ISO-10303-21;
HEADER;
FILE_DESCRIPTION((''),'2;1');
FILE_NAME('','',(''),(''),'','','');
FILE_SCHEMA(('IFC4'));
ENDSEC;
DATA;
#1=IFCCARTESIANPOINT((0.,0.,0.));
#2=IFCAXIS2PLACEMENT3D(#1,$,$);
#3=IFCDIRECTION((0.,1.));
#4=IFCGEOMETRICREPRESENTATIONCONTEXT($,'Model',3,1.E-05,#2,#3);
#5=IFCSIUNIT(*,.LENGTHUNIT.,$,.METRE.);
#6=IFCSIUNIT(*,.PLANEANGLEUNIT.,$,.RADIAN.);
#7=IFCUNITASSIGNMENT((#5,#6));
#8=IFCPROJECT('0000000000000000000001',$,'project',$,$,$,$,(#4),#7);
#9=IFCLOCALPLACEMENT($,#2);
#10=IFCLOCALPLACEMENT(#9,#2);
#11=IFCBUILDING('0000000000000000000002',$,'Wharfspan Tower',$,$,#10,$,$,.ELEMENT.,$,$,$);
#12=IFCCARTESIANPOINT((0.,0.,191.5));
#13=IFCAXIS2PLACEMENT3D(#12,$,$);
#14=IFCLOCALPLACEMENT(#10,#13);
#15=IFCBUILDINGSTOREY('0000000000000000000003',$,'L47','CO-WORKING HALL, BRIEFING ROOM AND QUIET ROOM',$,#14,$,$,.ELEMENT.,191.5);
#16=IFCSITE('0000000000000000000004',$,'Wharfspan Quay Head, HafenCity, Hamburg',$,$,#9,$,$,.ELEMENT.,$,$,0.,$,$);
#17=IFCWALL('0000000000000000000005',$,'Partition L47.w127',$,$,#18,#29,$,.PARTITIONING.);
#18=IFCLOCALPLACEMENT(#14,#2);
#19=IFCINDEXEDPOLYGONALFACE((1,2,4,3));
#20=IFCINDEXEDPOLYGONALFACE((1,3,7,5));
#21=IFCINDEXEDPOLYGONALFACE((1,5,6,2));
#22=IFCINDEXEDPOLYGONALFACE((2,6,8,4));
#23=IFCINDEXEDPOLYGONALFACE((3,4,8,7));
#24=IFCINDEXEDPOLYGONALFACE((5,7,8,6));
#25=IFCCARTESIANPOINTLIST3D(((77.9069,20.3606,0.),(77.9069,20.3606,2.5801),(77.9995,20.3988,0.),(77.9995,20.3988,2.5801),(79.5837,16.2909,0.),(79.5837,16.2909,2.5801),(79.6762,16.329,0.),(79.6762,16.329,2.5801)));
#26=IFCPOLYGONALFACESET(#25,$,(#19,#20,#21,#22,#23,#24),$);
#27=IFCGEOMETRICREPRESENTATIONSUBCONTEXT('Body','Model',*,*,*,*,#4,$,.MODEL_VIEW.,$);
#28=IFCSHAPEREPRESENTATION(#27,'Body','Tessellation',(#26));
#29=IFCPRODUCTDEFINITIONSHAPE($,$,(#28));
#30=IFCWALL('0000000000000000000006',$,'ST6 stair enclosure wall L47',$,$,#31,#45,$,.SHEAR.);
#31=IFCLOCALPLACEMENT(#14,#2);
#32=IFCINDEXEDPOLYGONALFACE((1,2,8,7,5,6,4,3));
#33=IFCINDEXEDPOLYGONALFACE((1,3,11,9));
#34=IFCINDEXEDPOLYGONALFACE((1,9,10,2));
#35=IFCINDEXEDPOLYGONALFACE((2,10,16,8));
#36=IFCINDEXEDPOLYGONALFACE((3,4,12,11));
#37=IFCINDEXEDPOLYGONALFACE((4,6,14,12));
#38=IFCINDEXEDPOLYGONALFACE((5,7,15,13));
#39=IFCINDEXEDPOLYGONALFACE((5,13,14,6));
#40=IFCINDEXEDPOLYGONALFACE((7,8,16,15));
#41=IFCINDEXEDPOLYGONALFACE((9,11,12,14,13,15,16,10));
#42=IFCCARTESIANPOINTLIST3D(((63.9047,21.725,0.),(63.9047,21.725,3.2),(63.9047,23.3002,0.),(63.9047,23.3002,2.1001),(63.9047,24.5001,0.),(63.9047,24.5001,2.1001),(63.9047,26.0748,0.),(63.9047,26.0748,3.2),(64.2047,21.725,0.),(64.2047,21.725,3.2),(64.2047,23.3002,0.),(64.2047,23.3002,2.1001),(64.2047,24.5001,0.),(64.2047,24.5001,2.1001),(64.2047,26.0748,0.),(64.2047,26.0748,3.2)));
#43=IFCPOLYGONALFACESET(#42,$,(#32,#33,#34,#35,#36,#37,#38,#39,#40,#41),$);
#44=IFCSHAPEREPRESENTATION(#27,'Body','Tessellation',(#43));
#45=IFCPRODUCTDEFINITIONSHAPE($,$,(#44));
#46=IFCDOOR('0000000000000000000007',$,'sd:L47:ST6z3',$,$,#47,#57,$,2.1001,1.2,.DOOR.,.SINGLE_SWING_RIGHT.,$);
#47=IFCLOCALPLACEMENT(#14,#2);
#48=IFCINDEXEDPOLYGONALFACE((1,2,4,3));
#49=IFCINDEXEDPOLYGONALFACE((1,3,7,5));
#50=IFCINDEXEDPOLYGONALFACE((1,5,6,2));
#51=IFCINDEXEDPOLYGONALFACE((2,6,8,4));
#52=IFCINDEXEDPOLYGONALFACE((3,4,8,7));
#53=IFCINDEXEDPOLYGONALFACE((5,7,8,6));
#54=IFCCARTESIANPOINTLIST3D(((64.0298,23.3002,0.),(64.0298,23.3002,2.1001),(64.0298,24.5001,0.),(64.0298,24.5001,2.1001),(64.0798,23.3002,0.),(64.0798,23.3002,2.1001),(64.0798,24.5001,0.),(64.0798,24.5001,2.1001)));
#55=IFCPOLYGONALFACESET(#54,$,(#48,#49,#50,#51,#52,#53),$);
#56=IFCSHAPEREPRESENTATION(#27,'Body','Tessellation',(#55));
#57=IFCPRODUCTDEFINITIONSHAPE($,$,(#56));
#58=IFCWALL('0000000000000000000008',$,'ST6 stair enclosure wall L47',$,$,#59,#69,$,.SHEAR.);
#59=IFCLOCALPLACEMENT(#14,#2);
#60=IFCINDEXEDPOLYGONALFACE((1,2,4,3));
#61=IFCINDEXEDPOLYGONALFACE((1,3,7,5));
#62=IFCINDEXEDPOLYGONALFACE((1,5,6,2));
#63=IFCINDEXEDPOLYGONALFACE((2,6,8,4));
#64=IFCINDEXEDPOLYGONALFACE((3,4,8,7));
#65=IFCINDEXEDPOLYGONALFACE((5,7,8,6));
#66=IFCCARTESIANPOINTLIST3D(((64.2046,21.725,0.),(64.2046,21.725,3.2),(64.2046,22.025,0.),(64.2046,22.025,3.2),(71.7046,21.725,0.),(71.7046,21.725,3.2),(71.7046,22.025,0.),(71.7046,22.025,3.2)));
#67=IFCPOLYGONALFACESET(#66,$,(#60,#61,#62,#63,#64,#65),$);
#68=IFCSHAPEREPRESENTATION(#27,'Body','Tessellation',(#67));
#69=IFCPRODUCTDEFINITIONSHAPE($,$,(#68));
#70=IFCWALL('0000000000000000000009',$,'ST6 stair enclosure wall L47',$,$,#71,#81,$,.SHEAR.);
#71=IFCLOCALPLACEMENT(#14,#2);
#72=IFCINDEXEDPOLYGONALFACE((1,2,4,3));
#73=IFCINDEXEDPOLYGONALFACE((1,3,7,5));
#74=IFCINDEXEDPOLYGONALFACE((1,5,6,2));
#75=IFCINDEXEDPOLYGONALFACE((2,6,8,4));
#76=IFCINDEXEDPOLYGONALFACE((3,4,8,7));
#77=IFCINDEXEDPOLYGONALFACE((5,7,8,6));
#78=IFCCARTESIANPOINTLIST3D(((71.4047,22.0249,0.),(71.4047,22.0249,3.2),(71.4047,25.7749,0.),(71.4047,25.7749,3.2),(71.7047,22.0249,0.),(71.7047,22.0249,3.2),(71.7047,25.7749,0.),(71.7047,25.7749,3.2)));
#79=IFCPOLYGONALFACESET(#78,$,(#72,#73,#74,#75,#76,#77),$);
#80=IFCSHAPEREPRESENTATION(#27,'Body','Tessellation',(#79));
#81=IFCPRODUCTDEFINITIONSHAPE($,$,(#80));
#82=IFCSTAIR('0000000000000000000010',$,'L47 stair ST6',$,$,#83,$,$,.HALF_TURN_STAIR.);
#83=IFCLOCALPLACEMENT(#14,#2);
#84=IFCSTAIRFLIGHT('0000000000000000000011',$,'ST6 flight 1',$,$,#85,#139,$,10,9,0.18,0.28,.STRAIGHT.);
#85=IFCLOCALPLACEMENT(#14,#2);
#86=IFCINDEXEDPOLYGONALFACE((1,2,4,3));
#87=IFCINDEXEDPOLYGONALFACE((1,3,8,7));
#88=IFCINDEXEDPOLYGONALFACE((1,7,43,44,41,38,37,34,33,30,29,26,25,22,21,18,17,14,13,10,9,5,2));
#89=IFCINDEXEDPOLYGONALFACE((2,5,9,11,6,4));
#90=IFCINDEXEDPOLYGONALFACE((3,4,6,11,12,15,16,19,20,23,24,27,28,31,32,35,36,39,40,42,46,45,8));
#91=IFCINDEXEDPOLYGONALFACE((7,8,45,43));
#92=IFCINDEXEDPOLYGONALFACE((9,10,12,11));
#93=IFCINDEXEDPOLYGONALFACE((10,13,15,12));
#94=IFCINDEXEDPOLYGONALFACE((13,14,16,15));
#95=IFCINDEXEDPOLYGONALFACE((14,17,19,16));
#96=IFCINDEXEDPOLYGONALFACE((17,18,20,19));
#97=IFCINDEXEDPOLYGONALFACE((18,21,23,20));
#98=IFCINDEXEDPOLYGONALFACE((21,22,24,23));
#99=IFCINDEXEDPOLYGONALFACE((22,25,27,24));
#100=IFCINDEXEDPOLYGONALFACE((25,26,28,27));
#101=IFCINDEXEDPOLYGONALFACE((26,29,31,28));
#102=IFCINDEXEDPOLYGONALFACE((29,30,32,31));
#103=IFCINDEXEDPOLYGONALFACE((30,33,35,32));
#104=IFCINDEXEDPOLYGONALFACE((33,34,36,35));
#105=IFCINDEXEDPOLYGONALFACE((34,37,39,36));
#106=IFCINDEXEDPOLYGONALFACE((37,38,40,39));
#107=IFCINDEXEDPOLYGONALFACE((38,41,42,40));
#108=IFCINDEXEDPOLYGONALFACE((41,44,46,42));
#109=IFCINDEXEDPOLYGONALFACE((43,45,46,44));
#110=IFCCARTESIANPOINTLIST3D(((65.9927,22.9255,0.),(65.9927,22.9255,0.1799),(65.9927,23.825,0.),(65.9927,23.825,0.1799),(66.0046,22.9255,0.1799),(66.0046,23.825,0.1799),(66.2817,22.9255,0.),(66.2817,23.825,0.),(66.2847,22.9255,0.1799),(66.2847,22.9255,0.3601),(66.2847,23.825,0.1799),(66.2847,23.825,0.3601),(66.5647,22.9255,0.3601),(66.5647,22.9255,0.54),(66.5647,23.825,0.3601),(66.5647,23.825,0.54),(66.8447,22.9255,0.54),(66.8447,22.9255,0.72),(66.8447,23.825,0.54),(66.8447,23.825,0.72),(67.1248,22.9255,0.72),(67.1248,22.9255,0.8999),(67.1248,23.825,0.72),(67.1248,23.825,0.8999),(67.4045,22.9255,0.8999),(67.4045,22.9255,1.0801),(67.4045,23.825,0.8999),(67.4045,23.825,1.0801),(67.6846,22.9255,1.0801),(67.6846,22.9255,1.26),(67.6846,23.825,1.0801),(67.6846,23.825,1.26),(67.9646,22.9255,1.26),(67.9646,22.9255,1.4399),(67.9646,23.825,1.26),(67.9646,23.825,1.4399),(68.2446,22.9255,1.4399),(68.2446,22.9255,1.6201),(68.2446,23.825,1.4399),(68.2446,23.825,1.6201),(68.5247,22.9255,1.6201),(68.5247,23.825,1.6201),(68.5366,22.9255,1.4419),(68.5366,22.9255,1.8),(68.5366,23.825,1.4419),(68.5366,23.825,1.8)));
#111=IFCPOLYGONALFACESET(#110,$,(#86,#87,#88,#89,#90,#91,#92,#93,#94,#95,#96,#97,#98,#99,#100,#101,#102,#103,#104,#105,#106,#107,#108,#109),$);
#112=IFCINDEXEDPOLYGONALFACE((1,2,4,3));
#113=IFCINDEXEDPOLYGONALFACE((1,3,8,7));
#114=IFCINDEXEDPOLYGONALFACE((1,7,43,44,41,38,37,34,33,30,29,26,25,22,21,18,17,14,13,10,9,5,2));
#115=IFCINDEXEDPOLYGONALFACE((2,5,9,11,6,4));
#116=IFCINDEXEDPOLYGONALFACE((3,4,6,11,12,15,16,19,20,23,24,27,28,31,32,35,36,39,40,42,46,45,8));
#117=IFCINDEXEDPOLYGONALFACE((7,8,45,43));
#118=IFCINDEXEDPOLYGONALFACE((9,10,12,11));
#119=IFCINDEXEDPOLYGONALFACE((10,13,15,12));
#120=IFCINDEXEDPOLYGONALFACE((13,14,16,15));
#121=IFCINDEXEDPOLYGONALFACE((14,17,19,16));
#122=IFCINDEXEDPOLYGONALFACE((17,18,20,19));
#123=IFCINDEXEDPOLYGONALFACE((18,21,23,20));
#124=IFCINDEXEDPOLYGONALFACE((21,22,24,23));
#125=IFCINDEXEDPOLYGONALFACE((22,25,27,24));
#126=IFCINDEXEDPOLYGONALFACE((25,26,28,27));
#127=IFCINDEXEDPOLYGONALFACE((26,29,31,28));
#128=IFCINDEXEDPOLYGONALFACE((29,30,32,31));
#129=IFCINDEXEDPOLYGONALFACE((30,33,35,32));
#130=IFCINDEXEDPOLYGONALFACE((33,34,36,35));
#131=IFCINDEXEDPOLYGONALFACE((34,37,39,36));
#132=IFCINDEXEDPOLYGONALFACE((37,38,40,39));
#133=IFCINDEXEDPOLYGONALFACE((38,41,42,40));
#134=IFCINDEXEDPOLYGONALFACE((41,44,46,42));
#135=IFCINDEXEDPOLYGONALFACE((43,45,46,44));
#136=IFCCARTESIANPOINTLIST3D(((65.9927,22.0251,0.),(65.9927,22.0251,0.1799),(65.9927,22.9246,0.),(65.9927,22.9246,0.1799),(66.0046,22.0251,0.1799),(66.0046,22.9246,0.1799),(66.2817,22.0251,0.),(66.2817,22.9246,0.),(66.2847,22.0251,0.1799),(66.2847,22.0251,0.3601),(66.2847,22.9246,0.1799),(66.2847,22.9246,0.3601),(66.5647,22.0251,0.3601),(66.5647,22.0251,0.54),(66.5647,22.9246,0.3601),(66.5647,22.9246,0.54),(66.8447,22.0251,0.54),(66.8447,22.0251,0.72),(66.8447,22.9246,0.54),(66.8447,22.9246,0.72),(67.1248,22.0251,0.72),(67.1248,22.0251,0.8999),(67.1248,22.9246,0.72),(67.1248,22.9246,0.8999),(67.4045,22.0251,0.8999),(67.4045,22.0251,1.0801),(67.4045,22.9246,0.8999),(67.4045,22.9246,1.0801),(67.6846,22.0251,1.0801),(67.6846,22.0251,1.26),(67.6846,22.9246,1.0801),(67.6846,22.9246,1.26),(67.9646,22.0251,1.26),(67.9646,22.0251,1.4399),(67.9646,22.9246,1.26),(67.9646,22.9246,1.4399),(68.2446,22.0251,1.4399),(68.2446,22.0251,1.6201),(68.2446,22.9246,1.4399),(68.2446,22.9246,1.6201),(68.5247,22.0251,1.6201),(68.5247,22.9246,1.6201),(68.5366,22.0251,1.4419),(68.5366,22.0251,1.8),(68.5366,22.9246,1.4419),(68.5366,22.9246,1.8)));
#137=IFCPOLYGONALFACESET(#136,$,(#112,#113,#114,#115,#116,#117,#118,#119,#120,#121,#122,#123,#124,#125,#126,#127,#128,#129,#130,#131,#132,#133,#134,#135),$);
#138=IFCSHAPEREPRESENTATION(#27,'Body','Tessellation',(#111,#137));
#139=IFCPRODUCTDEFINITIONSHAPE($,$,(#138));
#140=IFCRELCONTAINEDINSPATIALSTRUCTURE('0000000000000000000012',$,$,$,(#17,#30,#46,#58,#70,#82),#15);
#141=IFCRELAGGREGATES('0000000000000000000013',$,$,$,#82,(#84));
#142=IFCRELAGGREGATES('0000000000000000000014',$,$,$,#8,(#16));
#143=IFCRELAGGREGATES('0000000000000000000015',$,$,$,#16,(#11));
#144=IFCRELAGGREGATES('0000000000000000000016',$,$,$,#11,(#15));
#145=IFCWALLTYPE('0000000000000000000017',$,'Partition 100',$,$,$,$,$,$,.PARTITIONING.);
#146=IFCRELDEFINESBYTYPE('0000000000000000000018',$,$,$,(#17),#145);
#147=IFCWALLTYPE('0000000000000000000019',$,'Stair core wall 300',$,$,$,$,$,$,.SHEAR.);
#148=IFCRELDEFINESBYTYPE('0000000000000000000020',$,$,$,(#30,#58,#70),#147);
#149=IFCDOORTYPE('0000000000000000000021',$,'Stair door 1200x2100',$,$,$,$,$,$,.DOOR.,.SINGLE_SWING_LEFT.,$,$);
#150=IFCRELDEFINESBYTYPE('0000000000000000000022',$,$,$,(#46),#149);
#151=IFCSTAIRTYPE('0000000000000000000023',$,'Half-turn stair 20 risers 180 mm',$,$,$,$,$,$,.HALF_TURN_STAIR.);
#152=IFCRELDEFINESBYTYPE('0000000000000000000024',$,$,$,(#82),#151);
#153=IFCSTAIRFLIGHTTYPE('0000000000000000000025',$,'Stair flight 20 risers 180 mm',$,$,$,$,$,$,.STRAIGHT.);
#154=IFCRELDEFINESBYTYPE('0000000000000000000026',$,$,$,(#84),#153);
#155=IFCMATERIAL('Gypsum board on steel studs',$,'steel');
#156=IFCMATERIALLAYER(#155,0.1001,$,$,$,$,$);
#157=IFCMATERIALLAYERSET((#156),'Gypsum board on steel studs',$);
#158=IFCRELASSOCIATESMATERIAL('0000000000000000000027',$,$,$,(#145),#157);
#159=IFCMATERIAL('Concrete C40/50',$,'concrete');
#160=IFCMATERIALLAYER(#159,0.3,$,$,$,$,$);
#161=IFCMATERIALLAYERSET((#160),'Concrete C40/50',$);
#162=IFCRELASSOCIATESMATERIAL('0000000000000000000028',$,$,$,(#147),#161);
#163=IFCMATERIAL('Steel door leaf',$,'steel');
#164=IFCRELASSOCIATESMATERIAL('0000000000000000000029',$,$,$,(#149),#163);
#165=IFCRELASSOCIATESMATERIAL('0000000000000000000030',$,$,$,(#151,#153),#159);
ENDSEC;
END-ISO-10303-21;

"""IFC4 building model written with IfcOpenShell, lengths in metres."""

from ifc_helpers import new_model, si_unit, direction, frame, frame_2d, origin, place, context, subcontext, project, spatial, polyline, rectangle, outline, extrude, material, layer, layer_set, type_object, element, fill, aggregate, save


model = new_model("IFC4")

# Units and contexts
model_context = context("Model", 3, precision=1e-05, world=origin(), true_north=direction((0.0, 1.0)))
body_context = subcontext(model_context, "Body", "Model", "MODEL_VIEW")
ifc_project = project(units=[si_unit("LENGTHUNIT", "METRE"), si_unit("PLANEANGLEUNIT", "RADIAN")], contexts=[model_context])

# Site, building, storey
site_placement = place(None, origin())
site = spatial("IfcSite", under=ifc_project, at=site_placement, Name="Wharfspan Quay Head, HafenCity, Hamburg", CompositionType="ELEMENT", RefElevation=0.0)
building_placement = place(site_placement, origin())
building = spatial("IfcBuilding", under=site, at=building_placement, Name="Wharfspan Tower", CompositionType="ELEMENT")
storey_placement = place(building_placement, frame((0.0, 0.0, 191.5)))
storey = spatial("IfcBuildingStorey", under=building, at=storey_placement, Name="L47", Description="CO-WORKING HALL, BRIEFING ROOM AND QUIET ROOM", CompositionType="ELEMENT", Elevation=191.5)

# Wall
ifc_material_1 = material(Name="Gypsum board on steel studs", Category="steel")
ifc_layer_1 = layer(ifc_material_1, 0.1001)
ifc_layer_set_1 = layer_set([ifc_layer_1], Name="Gypsum board on steel studs")
wall_type_1 = type_object("IfcWallType", Name="Partition 100", PredefinedType="PARTITIONING", material=ifc_layer_set_1)
wall_1_placement = place(storey_placement, frame((79.6299, 16.3101, 0.0), z_axis=(0.0, 0.0, 1.0), x_axis=(-0.380933, 0.9246, 0.0)))
element("IfcWall", 1, at=wall_1_placement, inside=storey, type_object=wall_type_1, Name="Partition L47.w127", PredefinedType="PARTITIONING", context=body_context, shape_type="SweptSolid", body=[
    extrude(rectangle(XDim=4.4016, YDim=0.1001, at=frame_2d((2.2007, 0.0))), origin(), (0.0, 0.0, 1.0), 2.5801),
])

# Wall, opening, door
ifc_material_2 = material(Name="Concrete C40/50", Category="concrete")
ifc_layer_2 = layer(ifc_material_2, 0.3)
ifc_layer_set_2 = layer_set([ifc_layer_2], Name="Concrete C40/50")
wall_type_2 = type_object("IfcWallType", Name="Stair core wall 300", PredefinedType="SHEAR", material=ifc_layer_set_2)
wall_2_placement = place(storey_placement, frame((64.0547, 21.7251, 0.0), z_axis=(0.0, 0.0, 1.0), x_axis=(0.0, 1.0, 0.0)))
wall_2 = element("IfcWall", 2, at=wall_2_placement, inside=storey, type_object=wall_type_2, Name="ST6 stair enclosure wall L47", PredefinedType="SHEAR", context=body_context, shape_type="SweptSolid", body=[
    extrude(rectangle(XDim=4.3499, YDim=0.3, at=frame_2d((2.1748, 0.0))), origin(), (0.0, 0.0, 1.0), 3.2),
])
opening_placement = place(wall_2_placement, frame((1.575, 0.0, 0.0)))
opening = element("IfcOpeningElement", 3, at=opening_placement, cuts=wall_2, PredefinedType="OPENING", context=body_context, shape_type="SweptSolid", body=[
    extrude(rectangle(XDim=1.2, YDim=2.1001, at=frame_2d((0.6001, 1.05))), frame((0.0, 0.1599, 0.0), z_axis=(0.0, -1.0, 0.0), x_axis=(1.0, 0.0, 0.0)), (0.0, 0.0, 1.0), 0.3201),
])
ifc_material_3 = material(Name="Steel door leaf", Category="steel")
door_type = type_object("IfcDoorType", Name="Stair door 1200x2100", OperationType="SINGLE_SWING_LEFT", PredefinedType="DOOR", material=ifc_material_3)
door_placement = place(opening_placement, origin())
door = element("IfcDoor", 4, at=door_placement, inside=storey, type_object=door_type, Name="sd:L47:ST6z3", OperationType="SINGLE_SWING_RIGHT", OverallHeight=2.1001, OverallWidth=1.2, PredefinedType="DOOR", context=body_context, shape_type="SweptSolid", body=[
    extrude(rectangle(XDim=1.2, YDim=2.1001, at=frame_2d((0.6001, 1.05))), frame((0.0, 0.0249, 0.0), z_axis=(0.0, -1.0, 0.0), x_axis=(1.0, 0.0, 0.0)), (0.0, 0.0, 1.0), 0.05),
])
fill(opening, door)

# Walls
wall_3_placement = place(storey_placement, frame((64.2046, 21.875, 0.0), z_axis=(0.0, 0.0, 1.0), x_axis=(1.0, 0.0, 0.0)))
element("IfcWall", 5, at=wall_3_placement, inside=storey, type_object=wall_type_2, Name="ST6 stair enclosure wall L47", PredefinedType="SHEAR", context=body_context, shape_type="SweptSolid", body=[
    extrude(rectangle(XDim=7.5, YDim=0.3, at=frame_2d((3.75, 0.0))), origin(), (0.0, 0.0, 1.0), 3.2),
])
wall_4_placement = place(storey_placement, frame((71.5547, 22.0249, 0.0), z_axis=(0.0, 0.0, 1.0), x_axis=(0.0, 1.0, 0.0)))
element("IfcWall", 6, at=wall_4_placement, inside=storey, type_object=wall_type_2, Name="ST6 stair enclosure wall L47", PredefinedType="SHEAR", context=body_context, shape_type="SweptSolid", body=[
    extrude(rectangle(XDim=3.75, YDim=0.3, at=frame_2d((1.875, 0.0))), origin(), (0.0, 0.0, 1.0), 3.2),
])

# Stair, stair flight
stair_type = type_object("IfcStairType", Name="Half-turn stair 20 risers 180 mm", PredefinedType="HALF_TURN_STAIR", material=ifc_material_2)
stair_placement = place(storey_placement, origin())
stair = element("IfcStair", 7, at=stair_placement, inside=storey, type_object=stair_type, Name="L47 stair ST6", PredefinedType="HALF_TURN_STAIR")
stair_flight_type = type_object("IfcStairFlightType", Name="Stair flight 20 risers 180 mm", PredefinedType="STRAIGHT", material=ifc_material_2)
stair_flight_1_placement = place(storey_placement, frame((66.0046, 22.925, 0.0), z_axis=(0.0, 0.0, 1.0), x_axis=(1.0, 0.0, 0.0)))
stair_flight_1 = element("IfcStairFlight", 8, at=stair_flight_1_placement, type_object=stair_flight_type, Name="ST6 flight 1", NumberOfRisers=10, NumberOfTreads=9, PredefinedType="STRAIGHT", RiserHeight=0.18, TreadLength=0.28, context=body_context, shape_type="SweptSolid", body=[
    extrude(outline(polyline([(-0.012, 0.0), (-0.012, 0.1799), (0.0, 0.1799), (0.28, 0.1799), (0.28, 0.3601), (0.5601, 0.3601), (0.5601, 0.54), (0.8401, 0.54), (0.8401, 0.72), (1.1201, 0.72), (1.1201, 0.8999), (1.3999, 0.8999), (1.3999, 1.0801), (1.6799, 1.0801), (1.6799, 1.26), (1.96, 1.26), (1.96, 1.4399), (2.24, 1.4399), (2.24, 1.6201), (2.52, 1.6201), (2.532, 1.8), (2.532, 1.4419), (0.2771, 0.0), (-0.012, 0.0)])), frame((0.0, 0.8999, 0.0), z_axis=(0.0, -1.0, 0.0), x_axis=(1.0, 0.0, 0.0)), (0.0, 0.0, 1.0), 0.8994),
    extrude(outline(polyline([(-0.012, 0.0), (-0.012, 0.1799), (0.0, 0.1799), (0.28, 0.1799), (0.28, 0.3601), (0.5601, 0.3601), (0.5601, 0.54), (0.8401, 0.54), (0.8401, 0.72), (1.1201, 0.72), (1.1201, 0.8999), (1.3999, 0.8999), (1.3999, 1.0801), (1.6799, 1.0801), (1.6799, 1.26), (1.96, 1.26), (1.96, 1.4399), (2.24, 1.4399), (2.24, 1.6201), (2.52, 1.6201), (2.532, 1.8), (2.532, 1.4419), (0.2771, 0.0), (-0.012, 0.0)])), frame((0.0, -0.0005, 0.0), z_axis=(0.0, -1.0, 0.0), x_axis=(1.0, 0.0, 0.0)), (0.0, 0.0, 1.0), 0.8994),
])
aggregate(stair, [stair_flight_1])

save(model, "model.ifc")
